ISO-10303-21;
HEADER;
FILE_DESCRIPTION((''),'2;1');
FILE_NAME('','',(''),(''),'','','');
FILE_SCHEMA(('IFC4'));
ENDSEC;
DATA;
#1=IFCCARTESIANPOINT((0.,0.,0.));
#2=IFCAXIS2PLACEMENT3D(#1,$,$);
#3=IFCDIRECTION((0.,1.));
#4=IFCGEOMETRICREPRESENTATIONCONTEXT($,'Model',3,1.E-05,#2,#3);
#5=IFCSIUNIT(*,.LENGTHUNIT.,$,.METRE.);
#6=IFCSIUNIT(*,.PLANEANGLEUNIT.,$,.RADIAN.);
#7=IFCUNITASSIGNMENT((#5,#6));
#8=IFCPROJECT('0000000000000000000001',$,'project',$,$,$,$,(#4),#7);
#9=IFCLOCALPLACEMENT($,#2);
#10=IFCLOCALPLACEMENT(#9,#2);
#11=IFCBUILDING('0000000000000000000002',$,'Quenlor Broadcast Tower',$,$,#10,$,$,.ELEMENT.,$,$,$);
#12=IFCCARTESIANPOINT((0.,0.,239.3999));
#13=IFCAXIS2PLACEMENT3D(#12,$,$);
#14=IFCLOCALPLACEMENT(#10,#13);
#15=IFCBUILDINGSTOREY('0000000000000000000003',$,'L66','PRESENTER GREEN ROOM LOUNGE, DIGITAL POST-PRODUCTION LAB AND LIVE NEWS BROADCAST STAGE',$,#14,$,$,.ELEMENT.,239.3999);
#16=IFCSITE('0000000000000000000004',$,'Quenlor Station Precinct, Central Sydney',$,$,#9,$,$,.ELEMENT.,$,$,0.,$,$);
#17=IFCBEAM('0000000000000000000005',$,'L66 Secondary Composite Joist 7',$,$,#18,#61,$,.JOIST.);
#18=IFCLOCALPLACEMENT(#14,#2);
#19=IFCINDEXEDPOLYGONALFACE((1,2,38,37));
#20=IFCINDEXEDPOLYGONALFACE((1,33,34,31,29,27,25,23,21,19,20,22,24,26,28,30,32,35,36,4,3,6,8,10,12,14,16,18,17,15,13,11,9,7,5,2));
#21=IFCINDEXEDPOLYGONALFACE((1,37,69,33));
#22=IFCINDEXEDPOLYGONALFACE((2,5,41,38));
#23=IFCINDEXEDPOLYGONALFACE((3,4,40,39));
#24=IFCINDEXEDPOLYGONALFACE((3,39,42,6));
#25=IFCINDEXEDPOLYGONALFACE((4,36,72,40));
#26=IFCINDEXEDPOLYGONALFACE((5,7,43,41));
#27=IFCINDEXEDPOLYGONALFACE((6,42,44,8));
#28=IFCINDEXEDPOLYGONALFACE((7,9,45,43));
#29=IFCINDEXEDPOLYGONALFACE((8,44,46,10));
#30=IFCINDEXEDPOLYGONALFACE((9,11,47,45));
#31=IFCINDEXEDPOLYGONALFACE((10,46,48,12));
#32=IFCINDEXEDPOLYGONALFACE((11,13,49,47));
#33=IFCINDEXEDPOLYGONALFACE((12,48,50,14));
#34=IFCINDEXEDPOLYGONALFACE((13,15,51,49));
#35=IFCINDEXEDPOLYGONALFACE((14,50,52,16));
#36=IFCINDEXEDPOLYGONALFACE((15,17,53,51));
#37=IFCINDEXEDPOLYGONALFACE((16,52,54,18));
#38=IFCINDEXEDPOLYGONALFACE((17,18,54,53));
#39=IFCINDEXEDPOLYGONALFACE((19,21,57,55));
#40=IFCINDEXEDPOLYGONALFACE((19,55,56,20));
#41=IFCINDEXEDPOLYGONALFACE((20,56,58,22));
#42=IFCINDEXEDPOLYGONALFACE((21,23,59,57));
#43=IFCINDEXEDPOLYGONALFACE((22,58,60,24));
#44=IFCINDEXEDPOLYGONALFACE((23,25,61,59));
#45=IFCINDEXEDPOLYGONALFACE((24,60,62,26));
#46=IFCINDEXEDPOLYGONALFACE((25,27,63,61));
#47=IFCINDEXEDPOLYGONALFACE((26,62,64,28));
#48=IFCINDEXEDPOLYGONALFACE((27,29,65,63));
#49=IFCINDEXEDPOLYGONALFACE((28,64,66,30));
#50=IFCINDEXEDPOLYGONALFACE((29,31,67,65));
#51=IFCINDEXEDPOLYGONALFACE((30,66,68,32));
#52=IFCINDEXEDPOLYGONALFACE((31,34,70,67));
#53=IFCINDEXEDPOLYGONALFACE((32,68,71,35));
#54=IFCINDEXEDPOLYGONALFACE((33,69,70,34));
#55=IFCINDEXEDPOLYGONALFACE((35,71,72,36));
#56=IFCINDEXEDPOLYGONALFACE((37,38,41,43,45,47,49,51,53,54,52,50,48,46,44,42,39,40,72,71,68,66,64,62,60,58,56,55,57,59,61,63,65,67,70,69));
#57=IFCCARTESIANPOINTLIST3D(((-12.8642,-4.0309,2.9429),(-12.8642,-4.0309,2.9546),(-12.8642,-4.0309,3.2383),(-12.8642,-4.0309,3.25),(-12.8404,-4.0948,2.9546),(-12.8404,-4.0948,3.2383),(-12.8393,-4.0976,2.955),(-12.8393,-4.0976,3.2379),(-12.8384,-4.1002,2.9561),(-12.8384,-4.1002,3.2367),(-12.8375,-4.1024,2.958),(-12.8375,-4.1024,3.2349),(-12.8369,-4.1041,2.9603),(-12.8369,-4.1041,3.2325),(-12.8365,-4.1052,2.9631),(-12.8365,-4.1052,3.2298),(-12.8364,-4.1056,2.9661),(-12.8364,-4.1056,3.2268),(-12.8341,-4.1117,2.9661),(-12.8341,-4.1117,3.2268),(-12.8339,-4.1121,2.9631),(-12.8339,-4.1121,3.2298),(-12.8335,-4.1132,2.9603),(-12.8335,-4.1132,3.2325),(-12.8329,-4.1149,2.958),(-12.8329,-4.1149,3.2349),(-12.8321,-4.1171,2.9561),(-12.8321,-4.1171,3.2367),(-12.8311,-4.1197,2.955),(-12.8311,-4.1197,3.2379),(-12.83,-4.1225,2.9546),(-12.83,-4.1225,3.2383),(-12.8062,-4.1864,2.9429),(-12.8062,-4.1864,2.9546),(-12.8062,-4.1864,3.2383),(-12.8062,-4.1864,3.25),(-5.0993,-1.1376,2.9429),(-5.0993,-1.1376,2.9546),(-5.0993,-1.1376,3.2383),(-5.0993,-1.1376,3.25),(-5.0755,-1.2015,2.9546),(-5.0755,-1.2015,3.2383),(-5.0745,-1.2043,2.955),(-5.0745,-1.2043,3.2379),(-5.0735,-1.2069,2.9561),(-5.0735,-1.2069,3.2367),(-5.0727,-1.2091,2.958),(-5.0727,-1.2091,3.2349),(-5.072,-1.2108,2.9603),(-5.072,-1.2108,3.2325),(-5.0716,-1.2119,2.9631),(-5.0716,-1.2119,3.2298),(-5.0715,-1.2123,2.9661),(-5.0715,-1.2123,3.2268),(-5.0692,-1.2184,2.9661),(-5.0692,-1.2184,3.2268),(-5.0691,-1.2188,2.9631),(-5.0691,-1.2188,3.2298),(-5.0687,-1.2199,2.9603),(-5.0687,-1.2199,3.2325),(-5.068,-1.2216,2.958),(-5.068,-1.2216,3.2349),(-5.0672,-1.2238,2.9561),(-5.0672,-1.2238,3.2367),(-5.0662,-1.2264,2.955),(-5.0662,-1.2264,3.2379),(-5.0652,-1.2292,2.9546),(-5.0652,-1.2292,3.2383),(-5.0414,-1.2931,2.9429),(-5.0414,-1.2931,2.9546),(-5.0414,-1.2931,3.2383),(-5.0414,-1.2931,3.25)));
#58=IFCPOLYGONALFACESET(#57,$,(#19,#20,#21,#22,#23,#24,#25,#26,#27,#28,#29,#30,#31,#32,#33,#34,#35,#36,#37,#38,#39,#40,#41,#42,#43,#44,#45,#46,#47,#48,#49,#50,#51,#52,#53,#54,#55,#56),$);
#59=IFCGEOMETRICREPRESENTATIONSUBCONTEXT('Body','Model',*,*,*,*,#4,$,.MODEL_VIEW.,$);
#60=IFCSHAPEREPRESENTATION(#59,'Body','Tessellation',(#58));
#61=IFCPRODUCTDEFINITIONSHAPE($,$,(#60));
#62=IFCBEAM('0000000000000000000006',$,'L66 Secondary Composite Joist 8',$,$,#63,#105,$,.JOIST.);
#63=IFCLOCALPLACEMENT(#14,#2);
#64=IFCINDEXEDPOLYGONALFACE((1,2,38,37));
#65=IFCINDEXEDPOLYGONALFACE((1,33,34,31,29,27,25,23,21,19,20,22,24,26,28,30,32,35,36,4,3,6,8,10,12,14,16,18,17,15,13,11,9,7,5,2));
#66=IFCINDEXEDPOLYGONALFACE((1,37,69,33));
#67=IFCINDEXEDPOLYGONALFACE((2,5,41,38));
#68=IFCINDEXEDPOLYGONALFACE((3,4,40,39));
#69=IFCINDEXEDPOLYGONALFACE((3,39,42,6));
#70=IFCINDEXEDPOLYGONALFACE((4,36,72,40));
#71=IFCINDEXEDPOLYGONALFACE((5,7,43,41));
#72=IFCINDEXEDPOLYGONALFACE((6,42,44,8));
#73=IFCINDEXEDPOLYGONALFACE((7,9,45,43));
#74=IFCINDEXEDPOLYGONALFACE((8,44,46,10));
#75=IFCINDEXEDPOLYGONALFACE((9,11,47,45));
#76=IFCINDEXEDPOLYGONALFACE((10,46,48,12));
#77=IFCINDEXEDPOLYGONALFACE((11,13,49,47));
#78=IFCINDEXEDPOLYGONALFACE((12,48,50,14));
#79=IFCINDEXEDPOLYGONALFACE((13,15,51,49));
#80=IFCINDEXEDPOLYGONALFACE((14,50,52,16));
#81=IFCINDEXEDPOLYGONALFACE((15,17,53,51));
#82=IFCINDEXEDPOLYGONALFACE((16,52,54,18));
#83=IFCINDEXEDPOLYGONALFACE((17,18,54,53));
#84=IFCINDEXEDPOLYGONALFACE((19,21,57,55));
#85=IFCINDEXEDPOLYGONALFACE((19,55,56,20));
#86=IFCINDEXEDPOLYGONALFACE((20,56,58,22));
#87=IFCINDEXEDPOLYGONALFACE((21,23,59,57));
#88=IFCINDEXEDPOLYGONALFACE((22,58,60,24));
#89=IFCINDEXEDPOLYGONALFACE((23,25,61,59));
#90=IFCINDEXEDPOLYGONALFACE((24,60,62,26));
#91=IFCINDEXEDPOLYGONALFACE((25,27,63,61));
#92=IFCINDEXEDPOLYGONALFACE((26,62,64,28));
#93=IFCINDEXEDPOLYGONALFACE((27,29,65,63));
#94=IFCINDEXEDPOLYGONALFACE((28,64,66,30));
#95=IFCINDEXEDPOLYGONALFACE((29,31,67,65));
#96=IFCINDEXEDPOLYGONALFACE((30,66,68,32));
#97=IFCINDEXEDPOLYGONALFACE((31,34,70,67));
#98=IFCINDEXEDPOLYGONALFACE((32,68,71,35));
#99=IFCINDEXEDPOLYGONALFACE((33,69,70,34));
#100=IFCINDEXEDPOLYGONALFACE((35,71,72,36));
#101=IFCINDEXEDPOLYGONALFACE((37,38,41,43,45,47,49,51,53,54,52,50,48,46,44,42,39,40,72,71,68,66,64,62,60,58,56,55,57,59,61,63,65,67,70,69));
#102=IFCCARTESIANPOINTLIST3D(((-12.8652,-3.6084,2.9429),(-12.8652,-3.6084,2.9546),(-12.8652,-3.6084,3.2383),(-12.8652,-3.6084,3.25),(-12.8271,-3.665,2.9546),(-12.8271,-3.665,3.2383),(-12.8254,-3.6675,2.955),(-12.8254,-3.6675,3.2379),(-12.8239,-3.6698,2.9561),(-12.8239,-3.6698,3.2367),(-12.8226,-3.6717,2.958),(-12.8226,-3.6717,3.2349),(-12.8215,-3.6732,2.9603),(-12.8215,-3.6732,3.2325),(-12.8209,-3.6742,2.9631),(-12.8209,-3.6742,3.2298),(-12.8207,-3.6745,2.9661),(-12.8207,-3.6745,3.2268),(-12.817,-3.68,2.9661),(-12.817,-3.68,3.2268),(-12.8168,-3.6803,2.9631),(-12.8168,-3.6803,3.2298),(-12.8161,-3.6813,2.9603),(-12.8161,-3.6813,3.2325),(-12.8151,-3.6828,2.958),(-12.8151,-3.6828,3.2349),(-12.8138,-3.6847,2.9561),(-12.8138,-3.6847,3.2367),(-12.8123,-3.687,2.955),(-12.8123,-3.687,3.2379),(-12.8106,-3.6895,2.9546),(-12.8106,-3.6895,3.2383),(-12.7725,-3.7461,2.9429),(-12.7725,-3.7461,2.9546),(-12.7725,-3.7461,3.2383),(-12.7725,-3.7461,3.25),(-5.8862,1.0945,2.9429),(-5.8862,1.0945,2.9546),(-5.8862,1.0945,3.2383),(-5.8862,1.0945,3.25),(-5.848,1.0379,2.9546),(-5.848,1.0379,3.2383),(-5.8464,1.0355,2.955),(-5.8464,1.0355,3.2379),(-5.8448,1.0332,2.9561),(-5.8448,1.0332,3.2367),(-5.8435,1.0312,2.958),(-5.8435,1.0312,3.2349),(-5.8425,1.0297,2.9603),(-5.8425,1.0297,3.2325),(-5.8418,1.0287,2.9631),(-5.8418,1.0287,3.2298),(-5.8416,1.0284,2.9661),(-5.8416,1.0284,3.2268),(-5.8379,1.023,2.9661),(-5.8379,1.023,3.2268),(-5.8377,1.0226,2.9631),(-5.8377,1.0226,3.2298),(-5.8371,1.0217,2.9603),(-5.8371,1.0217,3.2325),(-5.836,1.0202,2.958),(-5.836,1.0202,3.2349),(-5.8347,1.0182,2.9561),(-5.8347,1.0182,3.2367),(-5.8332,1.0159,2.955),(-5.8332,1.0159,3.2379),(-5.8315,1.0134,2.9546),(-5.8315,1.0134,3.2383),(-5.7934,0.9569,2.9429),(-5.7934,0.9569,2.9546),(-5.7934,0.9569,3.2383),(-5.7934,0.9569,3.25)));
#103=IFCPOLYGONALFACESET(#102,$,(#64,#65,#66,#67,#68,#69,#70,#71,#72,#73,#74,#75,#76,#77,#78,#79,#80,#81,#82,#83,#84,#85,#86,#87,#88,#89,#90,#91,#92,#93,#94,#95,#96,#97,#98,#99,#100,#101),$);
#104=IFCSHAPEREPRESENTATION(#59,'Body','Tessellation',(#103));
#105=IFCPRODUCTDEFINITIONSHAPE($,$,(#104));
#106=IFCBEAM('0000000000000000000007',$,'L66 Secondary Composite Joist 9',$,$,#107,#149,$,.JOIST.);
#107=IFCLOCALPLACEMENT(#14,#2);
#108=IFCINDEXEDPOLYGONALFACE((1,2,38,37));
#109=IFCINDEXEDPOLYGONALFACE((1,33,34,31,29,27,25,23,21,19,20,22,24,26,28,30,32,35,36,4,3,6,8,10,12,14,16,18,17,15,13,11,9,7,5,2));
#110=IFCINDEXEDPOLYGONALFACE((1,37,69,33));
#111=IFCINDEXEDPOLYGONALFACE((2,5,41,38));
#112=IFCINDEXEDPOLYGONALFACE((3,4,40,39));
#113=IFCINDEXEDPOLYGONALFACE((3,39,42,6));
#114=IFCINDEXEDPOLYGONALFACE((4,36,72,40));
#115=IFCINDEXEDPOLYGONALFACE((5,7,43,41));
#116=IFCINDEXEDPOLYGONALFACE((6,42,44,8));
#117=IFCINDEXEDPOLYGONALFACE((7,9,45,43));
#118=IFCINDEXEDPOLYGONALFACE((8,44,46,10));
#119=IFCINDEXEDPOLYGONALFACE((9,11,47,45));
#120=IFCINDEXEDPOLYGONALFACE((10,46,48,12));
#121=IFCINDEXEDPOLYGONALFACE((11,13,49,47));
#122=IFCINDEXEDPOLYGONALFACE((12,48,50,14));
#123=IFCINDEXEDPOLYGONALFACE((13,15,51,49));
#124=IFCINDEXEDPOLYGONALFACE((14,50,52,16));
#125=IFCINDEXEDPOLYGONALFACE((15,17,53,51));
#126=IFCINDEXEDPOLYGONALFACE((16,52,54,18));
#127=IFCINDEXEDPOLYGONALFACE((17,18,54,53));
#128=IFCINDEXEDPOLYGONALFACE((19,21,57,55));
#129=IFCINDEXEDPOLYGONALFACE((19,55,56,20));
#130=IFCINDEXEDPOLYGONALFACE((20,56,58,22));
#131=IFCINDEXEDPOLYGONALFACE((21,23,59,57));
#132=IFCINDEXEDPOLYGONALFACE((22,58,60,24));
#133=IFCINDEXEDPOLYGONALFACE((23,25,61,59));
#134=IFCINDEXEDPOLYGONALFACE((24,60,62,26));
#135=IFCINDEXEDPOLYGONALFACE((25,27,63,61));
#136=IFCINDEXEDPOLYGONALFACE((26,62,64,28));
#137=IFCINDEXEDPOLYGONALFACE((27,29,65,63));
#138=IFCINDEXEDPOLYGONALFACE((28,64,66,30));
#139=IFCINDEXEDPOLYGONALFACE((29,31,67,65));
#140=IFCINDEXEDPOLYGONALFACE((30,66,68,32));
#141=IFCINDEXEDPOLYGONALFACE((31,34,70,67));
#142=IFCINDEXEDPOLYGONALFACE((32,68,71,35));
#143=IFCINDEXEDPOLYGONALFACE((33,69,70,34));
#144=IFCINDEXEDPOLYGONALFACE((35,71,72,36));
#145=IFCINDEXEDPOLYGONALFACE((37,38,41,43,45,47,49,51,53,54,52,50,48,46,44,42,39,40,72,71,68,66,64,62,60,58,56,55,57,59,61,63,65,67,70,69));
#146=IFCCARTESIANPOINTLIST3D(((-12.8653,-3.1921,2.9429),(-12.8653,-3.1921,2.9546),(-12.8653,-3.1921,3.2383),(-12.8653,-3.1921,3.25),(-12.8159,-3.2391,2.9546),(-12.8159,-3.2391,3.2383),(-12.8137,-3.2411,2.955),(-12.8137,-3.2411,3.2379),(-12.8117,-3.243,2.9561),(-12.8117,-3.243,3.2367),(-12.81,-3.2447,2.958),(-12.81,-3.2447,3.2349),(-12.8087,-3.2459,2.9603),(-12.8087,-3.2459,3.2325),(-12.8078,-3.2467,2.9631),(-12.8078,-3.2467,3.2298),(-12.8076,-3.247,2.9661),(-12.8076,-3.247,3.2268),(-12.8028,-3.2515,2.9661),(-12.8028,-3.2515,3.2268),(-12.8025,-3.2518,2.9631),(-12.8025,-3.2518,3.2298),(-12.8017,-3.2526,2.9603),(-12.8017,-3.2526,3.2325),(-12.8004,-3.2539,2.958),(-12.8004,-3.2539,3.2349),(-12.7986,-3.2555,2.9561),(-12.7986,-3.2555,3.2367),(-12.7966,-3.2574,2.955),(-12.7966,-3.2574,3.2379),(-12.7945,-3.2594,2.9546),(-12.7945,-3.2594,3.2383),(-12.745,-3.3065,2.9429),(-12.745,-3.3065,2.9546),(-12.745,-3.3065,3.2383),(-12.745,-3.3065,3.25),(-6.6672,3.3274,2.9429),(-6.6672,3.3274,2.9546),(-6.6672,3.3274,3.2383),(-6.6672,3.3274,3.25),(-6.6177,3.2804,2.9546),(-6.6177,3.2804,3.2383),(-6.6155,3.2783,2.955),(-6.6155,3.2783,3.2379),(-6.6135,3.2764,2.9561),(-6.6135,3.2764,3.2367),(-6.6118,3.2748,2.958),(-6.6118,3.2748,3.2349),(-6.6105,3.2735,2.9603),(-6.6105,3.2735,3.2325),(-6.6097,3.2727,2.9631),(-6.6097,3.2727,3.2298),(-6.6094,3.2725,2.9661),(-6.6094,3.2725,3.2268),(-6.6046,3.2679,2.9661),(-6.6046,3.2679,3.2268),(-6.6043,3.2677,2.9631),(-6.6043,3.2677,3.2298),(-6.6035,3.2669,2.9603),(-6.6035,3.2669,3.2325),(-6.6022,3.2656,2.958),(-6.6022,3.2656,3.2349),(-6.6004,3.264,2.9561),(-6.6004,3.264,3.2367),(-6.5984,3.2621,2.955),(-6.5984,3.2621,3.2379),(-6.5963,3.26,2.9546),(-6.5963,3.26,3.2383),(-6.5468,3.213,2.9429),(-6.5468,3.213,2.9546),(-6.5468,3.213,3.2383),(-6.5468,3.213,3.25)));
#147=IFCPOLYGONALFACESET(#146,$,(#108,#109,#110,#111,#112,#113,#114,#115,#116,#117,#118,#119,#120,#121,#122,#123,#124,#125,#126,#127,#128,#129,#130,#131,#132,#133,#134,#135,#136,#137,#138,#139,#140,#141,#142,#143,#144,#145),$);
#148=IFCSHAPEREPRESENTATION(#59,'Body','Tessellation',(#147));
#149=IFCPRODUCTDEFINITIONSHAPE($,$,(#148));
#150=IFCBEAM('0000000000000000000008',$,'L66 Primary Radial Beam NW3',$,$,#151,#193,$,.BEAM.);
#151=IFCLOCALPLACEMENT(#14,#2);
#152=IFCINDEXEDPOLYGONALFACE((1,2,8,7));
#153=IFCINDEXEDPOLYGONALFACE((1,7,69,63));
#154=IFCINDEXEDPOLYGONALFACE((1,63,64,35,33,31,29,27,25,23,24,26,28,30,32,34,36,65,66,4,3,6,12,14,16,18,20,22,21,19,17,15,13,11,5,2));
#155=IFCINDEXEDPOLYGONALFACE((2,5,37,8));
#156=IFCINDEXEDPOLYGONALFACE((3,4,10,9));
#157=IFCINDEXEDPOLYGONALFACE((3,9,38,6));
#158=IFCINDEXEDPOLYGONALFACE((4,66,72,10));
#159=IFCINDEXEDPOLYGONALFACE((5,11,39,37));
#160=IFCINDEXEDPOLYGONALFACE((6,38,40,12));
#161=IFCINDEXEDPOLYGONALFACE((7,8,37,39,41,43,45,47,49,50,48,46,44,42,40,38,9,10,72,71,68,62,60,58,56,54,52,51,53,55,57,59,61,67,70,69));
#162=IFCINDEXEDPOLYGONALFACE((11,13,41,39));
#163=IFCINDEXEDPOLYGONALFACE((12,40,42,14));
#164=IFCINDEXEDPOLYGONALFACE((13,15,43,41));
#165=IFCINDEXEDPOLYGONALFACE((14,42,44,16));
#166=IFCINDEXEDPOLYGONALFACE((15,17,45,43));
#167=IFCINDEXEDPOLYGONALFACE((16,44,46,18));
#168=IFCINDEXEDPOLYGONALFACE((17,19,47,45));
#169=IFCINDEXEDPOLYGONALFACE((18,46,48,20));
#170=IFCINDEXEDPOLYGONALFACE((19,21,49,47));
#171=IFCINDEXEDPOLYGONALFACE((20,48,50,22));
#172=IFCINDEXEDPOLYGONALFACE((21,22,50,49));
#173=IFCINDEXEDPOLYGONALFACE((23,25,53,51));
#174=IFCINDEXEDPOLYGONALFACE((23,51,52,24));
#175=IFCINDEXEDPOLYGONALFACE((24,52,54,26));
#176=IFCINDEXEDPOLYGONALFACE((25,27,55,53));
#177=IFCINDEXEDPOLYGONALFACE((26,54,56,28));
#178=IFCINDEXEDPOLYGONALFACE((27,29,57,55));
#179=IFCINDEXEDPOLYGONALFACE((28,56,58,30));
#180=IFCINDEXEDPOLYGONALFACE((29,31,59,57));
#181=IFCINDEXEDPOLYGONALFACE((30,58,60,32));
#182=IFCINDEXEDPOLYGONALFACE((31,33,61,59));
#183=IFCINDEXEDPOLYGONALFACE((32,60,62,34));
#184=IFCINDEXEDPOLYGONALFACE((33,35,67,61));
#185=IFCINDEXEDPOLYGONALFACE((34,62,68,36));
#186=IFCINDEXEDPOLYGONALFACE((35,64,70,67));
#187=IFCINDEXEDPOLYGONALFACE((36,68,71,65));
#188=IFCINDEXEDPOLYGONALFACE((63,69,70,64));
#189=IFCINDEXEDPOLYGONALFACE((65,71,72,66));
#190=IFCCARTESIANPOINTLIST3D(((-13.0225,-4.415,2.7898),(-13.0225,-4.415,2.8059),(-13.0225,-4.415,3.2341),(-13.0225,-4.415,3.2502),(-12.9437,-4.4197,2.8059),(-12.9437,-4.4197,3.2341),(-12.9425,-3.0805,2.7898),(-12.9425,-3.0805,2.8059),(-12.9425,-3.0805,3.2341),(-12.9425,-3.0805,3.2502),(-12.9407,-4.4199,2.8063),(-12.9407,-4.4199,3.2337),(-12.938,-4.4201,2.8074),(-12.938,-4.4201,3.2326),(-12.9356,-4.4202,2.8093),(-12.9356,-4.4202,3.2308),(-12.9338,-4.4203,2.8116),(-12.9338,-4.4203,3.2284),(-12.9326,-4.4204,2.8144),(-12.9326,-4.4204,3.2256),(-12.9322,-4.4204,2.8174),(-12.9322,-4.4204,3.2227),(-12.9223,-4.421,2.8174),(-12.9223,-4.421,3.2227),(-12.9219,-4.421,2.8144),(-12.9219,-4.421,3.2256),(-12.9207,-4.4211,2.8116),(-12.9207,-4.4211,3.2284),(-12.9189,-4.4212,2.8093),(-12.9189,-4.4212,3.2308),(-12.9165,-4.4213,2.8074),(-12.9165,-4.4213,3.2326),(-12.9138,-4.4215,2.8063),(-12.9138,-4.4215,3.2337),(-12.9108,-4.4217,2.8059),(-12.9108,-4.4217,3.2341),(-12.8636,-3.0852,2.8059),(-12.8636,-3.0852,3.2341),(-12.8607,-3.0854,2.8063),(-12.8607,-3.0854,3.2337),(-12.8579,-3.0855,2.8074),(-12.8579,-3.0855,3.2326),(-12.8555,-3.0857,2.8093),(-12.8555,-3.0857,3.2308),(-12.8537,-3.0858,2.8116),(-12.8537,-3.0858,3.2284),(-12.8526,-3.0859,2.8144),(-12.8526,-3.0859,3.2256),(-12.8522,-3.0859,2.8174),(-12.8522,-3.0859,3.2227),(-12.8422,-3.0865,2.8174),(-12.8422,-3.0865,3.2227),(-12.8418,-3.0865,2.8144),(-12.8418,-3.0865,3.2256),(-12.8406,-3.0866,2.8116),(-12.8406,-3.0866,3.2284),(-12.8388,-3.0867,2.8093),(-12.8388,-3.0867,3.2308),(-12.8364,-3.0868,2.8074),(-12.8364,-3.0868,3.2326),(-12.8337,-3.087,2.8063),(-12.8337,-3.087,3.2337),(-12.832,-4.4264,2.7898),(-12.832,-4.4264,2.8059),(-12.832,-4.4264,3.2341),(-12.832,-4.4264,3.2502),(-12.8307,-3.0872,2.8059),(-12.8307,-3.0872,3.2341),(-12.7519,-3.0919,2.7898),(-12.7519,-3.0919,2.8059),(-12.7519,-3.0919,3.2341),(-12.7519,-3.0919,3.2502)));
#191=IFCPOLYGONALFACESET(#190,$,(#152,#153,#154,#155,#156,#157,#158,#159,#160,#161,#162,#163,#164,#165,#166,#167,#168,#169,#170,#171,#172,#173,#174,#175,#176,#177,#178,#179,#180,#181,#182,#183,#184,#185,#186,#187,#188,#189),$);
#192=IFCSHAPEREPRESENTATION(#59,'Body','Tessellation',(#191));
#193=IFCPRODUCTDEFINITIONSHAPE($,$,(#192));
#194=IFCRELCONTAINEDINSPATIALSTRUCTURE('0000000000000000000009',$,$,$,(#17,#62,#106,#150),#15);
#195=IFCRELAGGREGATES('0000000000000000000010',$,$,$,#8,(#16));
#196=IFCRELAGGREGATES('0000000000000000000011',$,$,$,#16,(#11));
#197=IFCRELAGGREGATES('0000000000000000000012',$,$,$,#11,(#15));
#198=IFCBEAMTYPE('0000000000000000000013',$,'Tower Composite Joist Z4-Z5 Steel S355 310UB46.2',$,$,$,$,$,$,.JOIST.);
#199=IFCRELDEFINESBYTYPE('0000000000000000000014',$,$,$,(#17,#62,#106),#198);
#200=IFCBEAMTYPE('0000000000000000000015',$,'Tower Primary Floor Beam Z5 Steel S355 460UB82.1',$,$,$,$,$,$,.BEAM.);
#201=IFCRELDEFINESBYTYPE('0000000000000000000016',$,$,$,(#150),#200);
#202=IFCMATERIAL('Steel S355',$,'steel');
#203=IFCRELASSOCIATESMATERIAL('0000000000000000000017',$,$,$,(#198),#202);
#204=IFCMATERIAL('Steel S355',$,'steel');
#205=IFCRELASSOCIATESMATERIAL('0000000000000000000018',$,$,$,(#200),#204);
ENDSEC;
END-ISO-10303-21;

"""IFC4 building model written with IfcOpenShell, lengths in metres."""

from ifc_helpers import new_model, si_unit, direction, frame, origin, origin_2d, place, context, subcontext, project, spatial, i_section, extrude, material, material_profile, profile_set, type_object, element, save


model = new_model("IFC4")

# Units and contexts
model_context = context("Model", 3, precision=1e-05, world=origin(), true_north=direction((0.0, 1.0)))
body_context = subcontext(model_context, "Body", "Model", "MODEL_VIEW")
ifc_project = project(units=[si_unit("LENGTHUNIT", "METRE"), si_unit("PLANEANGLEUNIT", "RADIAN")], contexts=[model_context])

# Site, building, storey
site_placement = place(None, origin())
site = spatial("IfcSite", under=ifc_project, at=site_placement, Name="Quenlor Station Precinct, Central Sydney", CompositionType="ELEMENT", RefElevation=0.0)
building_placement = place(site_placement, origin())
building = spatial("IfcBuilding", under=site, at=building_placement, Name="Quenlor Broadcast Tower", CompositionType="ELEMENT")
storey_placement = place(building_placement, frame((0.0, 0.0, 239.3999)))
storey = spatial("IfcBuildingStorey", under=building, at=storey_placement, Name="L66", Description="PRESENTER GREEN ROOM LOUNGE, DIGITAL POST-PRODUCTION LAB AND LIVE NEWS BROADCAST STAGE", CompositionType="ELEMENT", Elevation=239.3999)

# Beams
ifc_material_1 = material(Name="Steel S355", Category="steel")
ifc_material_profile_1 = material_profile(ifc_material_1, i_section(OverallWidth=0.166, OverallDepth=0.3071, WebThickness=0.0066, FlangeThickness=0.0117, FilletRadius=0.0115, at=origin_2d()))
ifc_profile_set_1 = profile_set([ifc_material_profile_1], Name="Steel S355 310UB46.2")
beam_type_1 = type_object("IfcBeamType", Name="Tower Composite Joist Z4-Z5 Steel S355 310UB46.2", PredefinedType="JOIST", material=ifc_profile_set_1)
beam_1_placement = place(storey_placement, frame((-12.8352, -4.1086, 3.0964), z_axis=(0.937062, 0.349163, 0.0), x_axis=(-0.349163, 0.937062, 0.0)))
element("IfcBeam", 1, at=beam_1_placement, inside=storey, type_object=beam_type_1, Name="L66 Secondary Composite Joist 7", PredefinedType="JOIST", context=body_context, shape_type="SweptSolid", body=[
    extrude(i_section(OverallWidth=0.166, OverallDepth=0.3071, WebThickness=0.0066, FlangeThickness=0.0117, FilletRadius=0.0115, at=origin_2d()), origin(), (0.0, 0.0, 1.0), 8.2864),
])
beam_2_placement = place(storey_placement, frame((-12.8188, -3.6772, 3.0964), z_axis=(0.829286, 0.558824, 0.0), x_axis=(-0.558824, 0.829286, 0.0)))
element("IfcBeam", 2, at=beam_2_placement, inside=storey, type_object=beam_type_1, Name="L66 Secondary Composite Joist 8", PredefinedType="JOIST", context=body_context, shape_type="SweptSolid", body=[
    extrude(i_section(OverallWidth=0.166, OverallDepth=0.3071, WebThickness=0.0066, FlangeThickness=0.0117, FilletRadius=0.0115, at=origin_2d()), origin(), (0.0, 0.0, 1.0), 8.4158),
])
beam_3_placement = place(storey_placement, frame((-12.8052, -3.2493, 3.0964), z_axis=(0.689023, 0.724739, 0.0), x_axis=(-0.724739, 0.689023, 0.0)))
element("IfcBeam", 3, at=beam_3_placement, inside=storey, type_object=beam_type_1, Name="L66 Secondary Composite Joist 9", PredefinedType="JOIST", context=body_context, shape_type="SweptSolid", body=[
    extrude(i_section(OverallWidth=0.166, OverallDepth=0.3071, WebThickness=0.0066, FlangeThickness=0.0117, FilletRadius=0.0115, at=origin_2d()), origin(), (0.0, 0.0, 1.0), 8.9956),
])
ifc_material_2 = material(Name="Steel S355", Category="steel")
ifc_material_profile_2 = material_profile(ifc_material_2, i_section(OverallWidth=0.1909, OverallDepth=0.4604, WebThickness=0.01, FlangeThickness=0.0161, FilletRadius=0.0115, at=origin_2d()))
ifc_profile_set_2 = profile_set([ifc_material_profile_2], Name="Steel S355 460UB82.1")
beam_type_2 = type_object("IfcBeamType", Name="Tower Primary Floor Beam Z5 Steel S355 460UB82.1", PredefinedType="BEAM", material=ifc_profile_set_2)
beam_4_placement = place(storey_placement, frame((-12.8472, -3.0862, 3.02), z_axis=(-0.0599, -0.998204, 0.0), x_axis=(0.998204, -0.0599, 0.0)))
element("IfcBeam", 4, at=beam_4_placement, inside=storey, type_object=beam_type_2, Name="L66 Primary Radial Beam NW3", PredefinedType="BEAM", context=body_context, shape_type="SweptSolid", body=[
    extrude(i_section(OverallWidth=0.1909, OverallDepth=0.4604, WebThickness=0.01, FlangeThickness=0.0161, FilletRadius=0.0115, at=origin_2d()), origin(), (0.0, 0.0, 1.0), 1.3369),
])

save(model, "model.ifc")
